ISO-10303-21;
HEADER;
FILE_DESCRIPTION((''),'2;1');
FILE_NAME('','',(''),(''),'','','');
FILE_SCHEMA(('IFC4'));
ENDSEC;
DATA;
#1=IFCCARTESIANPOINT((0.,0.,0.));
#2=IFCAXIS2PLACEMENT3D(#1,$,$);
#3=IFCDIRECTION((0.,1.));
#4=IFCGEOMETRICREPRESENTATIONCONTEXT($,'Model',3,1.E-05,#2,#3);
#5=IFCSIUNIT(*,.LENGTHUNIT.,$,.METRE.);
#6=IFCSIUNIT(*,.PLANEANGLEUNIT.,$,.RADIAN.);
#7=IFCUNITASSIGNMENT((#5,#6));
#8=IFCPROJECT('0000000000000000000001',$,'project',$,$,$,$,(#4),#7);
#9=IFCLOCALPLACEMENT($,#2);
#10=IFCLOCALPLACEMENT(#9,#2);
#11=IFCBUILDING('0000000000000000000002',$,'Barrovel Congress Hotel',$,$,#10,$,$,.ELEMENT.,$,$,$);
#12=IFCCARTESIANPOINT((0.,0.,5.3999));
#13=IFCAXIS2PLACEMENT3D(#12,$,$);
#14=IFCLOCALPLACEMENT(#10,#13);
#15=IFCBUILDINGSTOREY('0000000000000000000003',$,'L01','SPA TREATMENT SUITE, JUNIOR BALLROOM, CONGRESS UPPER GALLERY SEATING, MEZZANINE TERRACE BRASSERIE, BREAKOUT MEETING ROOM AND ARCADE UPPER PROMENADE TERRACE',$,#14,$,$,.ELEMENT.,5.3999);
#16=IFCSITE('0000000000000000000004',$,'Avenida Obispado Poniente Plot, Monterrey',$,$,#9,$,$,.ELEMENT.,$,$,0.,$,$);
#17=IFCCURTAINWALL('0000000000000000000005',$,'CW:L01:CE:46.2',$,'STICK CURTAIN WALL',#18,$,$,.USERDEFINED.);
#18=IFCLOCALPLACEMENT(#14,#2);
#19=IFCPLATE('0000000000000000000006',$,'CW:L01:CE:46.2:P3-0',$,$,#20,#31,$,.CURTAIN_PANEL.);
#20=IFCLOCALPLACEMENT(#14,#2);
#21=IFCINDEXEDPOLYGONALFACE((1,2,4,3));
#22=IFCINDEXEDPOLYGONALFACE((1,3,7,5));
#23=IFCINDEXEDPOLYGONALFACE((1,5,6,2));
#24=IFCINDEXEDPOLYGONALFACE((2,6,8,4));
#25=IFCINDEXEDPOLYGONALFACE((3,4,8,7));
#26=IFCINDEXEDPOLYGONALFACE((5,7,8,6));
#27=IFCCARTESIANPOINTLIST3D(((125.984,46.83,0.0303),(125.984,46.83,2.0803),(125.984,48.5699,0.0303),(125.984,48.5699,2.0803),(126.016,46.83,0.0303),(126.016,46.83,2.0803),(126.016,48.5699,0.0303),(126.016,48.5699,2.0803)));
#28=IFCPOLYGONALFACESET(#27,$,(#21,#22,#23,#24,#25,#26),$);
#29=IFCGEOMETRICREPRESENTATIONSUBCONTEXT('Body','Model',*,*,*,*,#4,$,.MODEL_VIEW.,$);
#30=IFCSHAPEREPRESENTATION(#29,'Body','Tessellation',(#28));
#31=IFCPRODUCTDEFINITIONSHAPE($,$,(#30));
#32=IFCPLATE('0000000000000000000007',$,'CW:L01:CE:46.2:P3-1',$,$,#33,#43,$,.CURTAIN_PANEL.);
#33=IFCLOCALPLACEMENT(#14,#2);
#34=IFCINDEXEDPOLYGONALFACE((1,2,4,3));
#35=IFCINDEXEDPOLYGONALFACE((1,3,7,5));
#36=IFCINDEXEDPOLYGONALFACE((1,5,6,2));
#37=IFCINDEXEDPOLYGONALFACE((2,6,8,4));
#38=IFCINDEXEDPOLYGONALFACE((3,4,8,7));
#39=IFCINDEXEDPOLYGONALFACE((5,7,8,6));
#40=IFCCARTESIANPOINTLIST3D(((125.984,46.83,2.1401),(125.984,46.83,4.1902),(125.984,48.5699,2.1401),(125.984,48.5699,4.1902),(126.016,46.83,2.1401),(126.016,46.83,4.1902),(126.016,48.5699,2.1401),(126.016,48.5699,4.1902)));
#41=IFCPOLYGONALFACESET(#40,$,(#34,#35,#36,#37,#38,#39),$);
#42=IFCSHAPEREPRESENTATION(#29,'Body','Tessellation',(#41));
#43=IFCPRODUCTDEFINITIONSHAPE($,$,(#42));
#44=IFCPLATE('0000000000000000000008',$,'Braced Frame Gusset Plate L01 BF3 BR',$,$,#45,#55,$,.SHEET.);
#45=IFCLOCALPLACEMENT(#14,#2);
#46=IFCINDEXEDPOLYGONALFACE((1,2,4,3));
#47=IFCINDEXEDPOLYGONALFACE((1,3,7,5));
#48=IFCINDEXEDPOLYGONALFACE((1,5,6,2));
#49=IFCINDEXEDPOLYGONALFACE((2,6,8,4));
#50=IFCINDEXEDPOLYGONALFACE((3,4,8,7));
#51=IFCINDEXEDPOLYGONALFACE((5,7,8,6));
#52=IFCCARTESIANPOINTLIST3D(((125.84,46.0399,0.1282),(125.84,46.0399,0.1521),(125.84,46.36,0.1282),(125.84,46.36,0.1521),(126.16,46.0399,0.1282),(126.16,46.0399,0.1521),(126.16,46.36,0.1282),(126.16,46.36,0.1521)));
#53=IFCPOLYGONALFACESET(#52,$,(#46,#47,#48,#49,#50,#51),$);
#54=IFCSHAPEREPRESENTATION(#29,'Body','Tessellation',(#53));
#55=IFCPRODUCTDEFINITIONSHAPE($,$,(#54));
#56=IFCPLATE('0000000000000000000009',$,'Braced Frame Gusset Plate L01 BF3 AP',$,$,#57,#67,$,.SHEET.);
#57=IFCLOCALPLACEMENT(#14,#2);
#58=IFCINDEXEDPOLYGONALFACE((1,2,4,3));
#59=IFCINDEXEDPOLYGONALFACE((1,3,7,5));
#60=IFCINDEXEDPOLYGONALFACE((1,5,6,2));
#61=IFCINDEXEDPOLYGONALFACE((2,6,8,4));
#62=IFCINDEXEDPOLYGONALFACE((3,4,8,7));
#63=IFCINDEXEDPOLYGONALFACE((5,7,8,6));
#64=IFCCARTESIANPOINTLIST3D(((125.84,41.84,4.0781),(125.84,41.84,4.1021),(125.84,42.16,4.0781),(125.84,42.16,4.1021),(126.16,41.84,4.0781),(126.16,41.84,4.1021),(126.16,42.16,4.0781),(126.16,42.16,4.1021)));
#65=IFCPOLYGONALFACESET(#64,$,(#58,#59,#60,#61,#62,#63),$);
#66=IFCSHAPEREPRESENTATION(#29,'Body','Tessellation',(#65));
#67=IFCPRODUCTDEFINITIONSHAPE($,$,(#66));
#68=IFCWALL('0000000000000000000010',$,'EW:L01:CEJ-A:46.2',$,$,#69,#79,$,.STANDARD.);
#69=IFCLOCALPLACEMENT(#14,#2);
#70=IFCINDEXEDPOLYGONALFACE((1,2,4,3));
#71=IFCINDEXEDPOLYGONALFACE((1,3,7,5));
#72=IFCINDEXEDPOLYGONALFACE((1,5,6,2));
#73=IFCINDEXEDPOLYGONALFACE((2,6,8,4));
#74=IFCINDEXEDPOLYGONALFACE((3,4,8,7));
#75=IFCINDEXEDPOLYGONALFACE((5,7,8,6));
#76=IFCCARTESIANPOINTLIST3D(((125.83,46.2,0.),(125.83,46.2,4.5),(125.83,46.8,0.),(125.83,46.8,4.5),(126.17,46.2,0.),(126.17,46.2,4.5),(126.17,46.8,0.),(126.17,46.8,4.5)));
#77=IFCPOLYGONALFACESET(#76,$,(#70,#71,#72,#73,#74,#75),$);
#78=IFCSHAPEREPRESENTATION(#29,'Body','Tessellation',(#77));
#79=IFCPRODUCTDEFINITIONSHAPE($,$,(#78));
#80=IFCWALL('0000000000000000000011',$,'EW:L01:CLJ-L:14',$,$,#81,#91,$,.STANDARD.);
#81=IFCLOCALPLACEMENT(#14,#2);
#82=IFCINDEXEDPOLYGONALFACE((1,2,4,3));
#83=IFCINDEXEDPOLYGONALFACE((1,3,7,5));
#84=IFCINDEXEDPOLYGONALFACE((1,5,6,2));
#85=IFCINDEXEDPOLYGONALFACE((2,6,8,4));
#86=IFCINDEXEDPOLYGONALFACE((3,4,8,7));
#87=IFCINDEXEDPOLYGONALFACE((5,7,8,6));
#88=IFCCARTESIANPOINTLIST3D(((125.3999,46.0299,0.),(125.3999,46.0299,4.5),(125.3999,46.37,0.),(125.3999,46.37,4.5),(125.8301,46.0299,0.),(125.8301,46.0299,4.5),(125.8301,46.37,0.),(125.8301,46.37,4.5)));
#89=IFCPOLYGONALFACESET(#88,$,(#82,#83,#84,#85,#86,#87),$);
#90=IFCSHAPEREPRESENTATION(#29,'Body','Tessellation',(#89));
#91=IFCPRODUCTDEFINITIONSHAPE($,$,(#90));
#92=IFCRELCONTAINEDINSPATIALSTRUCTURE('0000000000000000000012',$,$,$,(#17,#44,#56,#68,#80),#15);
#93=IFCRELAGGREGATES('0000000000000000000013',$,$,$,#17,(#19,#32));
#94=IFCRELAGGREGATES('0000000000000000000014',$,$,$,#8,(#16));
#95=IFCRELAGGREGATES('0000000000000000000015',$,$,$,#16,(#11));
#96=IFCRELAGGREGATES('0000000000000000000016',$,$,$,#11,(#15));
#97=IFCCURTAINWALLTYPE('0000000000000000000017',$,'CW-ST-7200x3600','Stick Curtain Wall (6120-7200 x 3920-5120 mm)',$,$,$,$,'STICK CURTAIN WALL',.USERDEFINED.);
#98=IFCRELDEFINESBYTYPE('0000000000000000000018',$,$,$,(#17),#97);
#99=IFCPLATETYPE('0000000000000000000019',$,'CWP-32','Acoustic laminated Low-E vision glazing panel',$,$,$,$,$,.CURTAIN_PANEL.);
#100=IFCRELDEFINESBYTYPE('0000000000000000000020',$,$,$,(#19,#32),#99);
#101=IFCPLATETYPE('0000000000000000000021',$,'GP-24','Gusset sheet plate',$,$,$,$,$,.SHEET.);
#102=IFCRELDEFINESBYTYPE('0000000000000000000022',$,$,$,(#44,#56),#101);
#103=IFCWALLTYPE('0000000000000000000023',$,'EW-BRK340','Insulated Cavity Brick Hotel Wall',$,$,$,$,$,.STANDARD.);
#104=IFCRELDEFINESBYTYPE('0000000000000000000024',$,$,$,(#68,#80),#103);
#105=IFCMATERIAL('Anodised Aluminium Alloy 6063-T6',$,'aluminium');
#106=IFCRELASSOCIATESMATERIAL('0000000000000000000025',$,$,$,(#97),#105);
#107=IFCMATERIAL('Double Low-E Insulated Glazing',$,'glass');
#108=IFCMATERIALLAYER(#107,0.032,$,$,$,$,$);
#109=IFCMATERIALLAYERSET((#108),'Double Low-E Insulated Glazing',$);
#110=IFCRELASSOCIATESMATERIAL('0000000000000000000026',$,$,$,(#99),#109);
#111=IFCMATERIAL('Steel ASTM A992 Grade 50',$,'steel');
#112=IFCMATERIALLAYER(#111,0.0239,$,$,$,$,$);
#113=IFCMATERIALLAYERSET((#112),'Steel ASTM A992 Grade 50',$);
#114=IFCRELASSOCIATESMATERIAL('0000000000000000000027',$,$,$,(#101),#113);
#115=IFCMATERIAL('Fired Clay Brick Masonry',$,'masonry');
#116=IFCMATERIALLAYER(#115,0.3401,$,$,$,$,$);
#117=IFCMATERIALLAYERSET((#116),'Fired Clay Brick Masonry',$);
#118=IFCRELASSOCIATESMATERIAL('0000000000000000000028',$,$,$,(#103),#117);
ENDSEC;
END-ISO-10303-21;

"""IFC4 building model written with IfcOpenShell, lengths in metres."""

from ifc_helpers import new_model, si_unit, direction, frame, frame_2d, origin, origin_2d, place, context, subcontext, project, spatial, rectangle, extrude, material, layer, layer_set, type_object, element, aggregate, save


model = new_model("IFC4")

# Units and contexts
model_context = context("Model", 3, precision=1e-05, world=origin(), true_north=direction((0.0, 1.0)))
body_context = subcontext(model_context, "Body", "Model", "MODEL_VIEW")
ifc_project = project(units=[si_unit("LENGTHUNIT", "METRE"), si_unit("PLANEANGLEUNIT", "RADIAN")], contexts=[model_context])

# Site, building, storey
site_placement = place(None, origin())
site = spatial("IfcSite", under=ifc_project, at=site_placement, Name="Avenida Obispado Poniente Plot, Monterrey", CompositionType="ELEMENT", RefElevation=0.0)
building_placement = place(site_placement, origin())
building = spatial("IfcBuilding", under=site, at=building_placement, Name="Barrovel Congress Hotel", CompositionType="ELEMENT")
storey_placement = place(building_placement, frame((0.0, 0.0, 5.3999)))
storey = spatial("IfcBuildingStorey", under=building, at=storey_placement, Name="L01", Description="SPA TREATMENT SUITE, JUNIOR BALLROOM, CONGRESS UPPER GALLERY SEATING, MEZZANINE TERRACE BRASSERIE, BREAKOUT MEETING ROOM AND ARCADE UPPER PROMENADE TERRACE", CompositionType="ELEMENT", Elevation=5.3999)

# Curtain wall
ifc_material_1 = material(Name="Anodised Aluminium Alloy 6063-T6", Category="aluminium")
curtain_wall_type = type_object("IfcCurtainWallType", Name="CW-ST-7200x3600", Description="Stick Curtain Wall (6120-7200 x 3920-5120 mm)", ElementType="STICK CURTAIN WALL", PredefinedType="USERDEFINED", material=ifc_material_1)
curtain_wall_1_placement = place(storey_placement, origin())
curtain_wall_1 = element("IfcCurtainWall", 1, at=curtain_wall_1_placement, inside=storey, type_object=curtain_wall_type, Name="CW:L01:CE:46.2", ObjectType="STICK CURTAIN WALL", PredefinedType="USERDEFINED")

# Plates
ifc_material_2 = material(Name="Double Low-E Insulated Glazing", Category="glass")
ifc_layer_1 = layer(ifc_material_2, 0.032)
ifc_layer_set_1 = layer_set([ifc_layer_1], Name="Double Low-E Insulated Glazing")
plate_type_1 = type_object("IfcPlateType", Name="CWP-32", Description="Acoustic laminated Low-E vision glazing panel", PredefinedType="CURTAIN_PANEL", material=ifc_layer_set_1)
plate_1_placement = place(storey_placement, frame((126.0, 47.7, 0.0303), z_axis=(0.0, 0.0, 1.0), x_axis=(0.0, -1.0, 0.0)))
plate_1 = element("IfcPlate", 2, at=plate_1_placement, type_object=plate_type_1, Name="CW:L01:CE:46.2:P3-0", PredefinedType="CURTAIN_PANEL", context=body_context, shape_type="SweptSolid", body=[
    extrude(rectangle(XDim=1.74, YDim=0.032, at=origin_2d()), origin(), (0.0, 0.0, 1.0), 2.05),
])
plate_2_placement = place(storey_placement, frame((126.0, 47.7, 2.1401), z_axis=(0.0, 0.0, 1.0), x_axis=(0.0, -1.0, 0.0)))
plate_2 = element("IfcPlate", 3, at=plate_2_placement, type_object=plate_type_1, Name="CW:L01:CE:46.2:P3-1", PredefinedType="CURTAIN_PANEL", context=body_context, shape_type="SweptSolid", body=[
    extrude(rectangle(XDim=1.74, YDim=0.032, at=origin_2d()), origin(), (0.0, 0.0, 1.0), 2.05),
])
aggregate(curtain_wall_1, [plate_1, plate_2])

# Plates
ifc_material_3 = material(Name="Steel ASTM A992 Grade 50", Category="steel")
ifc_layer_2 = layer(ifc_material_3, 0.0239)
ifc_layer_set_2 = layer_set([ifc_layer_2], Name="Steel ASTM A992 Grade 50")
plate_type_2 = type_object("IfcPlateType", Name="GP-24", Description="Gusset sheet plate", PredefinedType="SHEET", material=ifc_layer_set_2)
for number, where, z_axis, x_axis, name in (
    (4, (126.0, 46.2, 0.1282), (0.0, 0.0, 1.0), (1.0, 0.0, 0.0), "Braced Frame Gusset Plate L01 BF3 BR"),
    (5, (126.0, 42.0, 4.0781), (0.0, 0.0, 1.0), (1.0, 0.0, 0.0), "Braced Frame Gusset Plate L01 BF3 AP"),
):
    element("IfcPlate", number, at=place(storey_placement, frame(where, z_axis=z_axis, x_axis=x_axis)), inside=storey, type_object=plate_type_2, Name=name, PredefinedType="SHEET", context=body_context, shape_type="SweptSolid", body=[
        extrude(rectangle(XDim=0.3201, YDim=0.3201, at=origin_2d()), origin(), (0.0, 0.0, 1.0), 0.0239),
    ])

# Walls
ifc_material_4 = material(Name="Fired Clay Brick Masonry", Category="masonry")
ifc_layer_3 = layer(ifc_material_4, 0.3401)
ifc_layer_set_3 = layer_set([ifc_layer_3], Name="Fired Clay Brick Masonry")
wall_type = type_object("IfcWallType", Name="EW-BRK340", Description="Insulated Cavity Brick Hotel Wall", PredefinedType="STANDARD", material=ifc_layer_set_3)
wall_1_placement = place(storey_placement, frame((126.0, 46.8, 0.0), z_axis=(0.0, 0.0, 1.0), x_axis=(0.0, -1.0, 0.0)))
element("IfcWall", 6, at=wall_1_placement, inside=storey, type_object=wall_type, Name="EW:L01:CEJ-A:46.2", PredefinedType="STANDARD", context=body_context, shape_type="SweptSolid", body=[
    extrude(rectangle(XDim=0.6001, YDim=0.3401, at=frame_2d((0.3, 0.0))), origin(), (0.0, 0.0, 1.0), 4.5),
])
wall_2_placement = place(storey_placement, frame((125.8301, 46.2, 0.0), z_axis=(0.0, 0.0, 1.0), x_axis=(-1.0, 0.0, 0.0)))
element("IfcWall", 7, at=wall_2_placement, inside=storey, type_object=wall_type, Name="EW:L01:CLJ-L:14", PredefinedType="STANDARD", context=body_context, shape_type="SweptSolid", body=[
    extrude(rectangle(XDim=0.4302, YDim=0.3401, at=frame_2d((0.2151, 0.0))), origin(), (0.0, 0.0, 1.0), 4.5),
])

save(model, "model.ifc")
